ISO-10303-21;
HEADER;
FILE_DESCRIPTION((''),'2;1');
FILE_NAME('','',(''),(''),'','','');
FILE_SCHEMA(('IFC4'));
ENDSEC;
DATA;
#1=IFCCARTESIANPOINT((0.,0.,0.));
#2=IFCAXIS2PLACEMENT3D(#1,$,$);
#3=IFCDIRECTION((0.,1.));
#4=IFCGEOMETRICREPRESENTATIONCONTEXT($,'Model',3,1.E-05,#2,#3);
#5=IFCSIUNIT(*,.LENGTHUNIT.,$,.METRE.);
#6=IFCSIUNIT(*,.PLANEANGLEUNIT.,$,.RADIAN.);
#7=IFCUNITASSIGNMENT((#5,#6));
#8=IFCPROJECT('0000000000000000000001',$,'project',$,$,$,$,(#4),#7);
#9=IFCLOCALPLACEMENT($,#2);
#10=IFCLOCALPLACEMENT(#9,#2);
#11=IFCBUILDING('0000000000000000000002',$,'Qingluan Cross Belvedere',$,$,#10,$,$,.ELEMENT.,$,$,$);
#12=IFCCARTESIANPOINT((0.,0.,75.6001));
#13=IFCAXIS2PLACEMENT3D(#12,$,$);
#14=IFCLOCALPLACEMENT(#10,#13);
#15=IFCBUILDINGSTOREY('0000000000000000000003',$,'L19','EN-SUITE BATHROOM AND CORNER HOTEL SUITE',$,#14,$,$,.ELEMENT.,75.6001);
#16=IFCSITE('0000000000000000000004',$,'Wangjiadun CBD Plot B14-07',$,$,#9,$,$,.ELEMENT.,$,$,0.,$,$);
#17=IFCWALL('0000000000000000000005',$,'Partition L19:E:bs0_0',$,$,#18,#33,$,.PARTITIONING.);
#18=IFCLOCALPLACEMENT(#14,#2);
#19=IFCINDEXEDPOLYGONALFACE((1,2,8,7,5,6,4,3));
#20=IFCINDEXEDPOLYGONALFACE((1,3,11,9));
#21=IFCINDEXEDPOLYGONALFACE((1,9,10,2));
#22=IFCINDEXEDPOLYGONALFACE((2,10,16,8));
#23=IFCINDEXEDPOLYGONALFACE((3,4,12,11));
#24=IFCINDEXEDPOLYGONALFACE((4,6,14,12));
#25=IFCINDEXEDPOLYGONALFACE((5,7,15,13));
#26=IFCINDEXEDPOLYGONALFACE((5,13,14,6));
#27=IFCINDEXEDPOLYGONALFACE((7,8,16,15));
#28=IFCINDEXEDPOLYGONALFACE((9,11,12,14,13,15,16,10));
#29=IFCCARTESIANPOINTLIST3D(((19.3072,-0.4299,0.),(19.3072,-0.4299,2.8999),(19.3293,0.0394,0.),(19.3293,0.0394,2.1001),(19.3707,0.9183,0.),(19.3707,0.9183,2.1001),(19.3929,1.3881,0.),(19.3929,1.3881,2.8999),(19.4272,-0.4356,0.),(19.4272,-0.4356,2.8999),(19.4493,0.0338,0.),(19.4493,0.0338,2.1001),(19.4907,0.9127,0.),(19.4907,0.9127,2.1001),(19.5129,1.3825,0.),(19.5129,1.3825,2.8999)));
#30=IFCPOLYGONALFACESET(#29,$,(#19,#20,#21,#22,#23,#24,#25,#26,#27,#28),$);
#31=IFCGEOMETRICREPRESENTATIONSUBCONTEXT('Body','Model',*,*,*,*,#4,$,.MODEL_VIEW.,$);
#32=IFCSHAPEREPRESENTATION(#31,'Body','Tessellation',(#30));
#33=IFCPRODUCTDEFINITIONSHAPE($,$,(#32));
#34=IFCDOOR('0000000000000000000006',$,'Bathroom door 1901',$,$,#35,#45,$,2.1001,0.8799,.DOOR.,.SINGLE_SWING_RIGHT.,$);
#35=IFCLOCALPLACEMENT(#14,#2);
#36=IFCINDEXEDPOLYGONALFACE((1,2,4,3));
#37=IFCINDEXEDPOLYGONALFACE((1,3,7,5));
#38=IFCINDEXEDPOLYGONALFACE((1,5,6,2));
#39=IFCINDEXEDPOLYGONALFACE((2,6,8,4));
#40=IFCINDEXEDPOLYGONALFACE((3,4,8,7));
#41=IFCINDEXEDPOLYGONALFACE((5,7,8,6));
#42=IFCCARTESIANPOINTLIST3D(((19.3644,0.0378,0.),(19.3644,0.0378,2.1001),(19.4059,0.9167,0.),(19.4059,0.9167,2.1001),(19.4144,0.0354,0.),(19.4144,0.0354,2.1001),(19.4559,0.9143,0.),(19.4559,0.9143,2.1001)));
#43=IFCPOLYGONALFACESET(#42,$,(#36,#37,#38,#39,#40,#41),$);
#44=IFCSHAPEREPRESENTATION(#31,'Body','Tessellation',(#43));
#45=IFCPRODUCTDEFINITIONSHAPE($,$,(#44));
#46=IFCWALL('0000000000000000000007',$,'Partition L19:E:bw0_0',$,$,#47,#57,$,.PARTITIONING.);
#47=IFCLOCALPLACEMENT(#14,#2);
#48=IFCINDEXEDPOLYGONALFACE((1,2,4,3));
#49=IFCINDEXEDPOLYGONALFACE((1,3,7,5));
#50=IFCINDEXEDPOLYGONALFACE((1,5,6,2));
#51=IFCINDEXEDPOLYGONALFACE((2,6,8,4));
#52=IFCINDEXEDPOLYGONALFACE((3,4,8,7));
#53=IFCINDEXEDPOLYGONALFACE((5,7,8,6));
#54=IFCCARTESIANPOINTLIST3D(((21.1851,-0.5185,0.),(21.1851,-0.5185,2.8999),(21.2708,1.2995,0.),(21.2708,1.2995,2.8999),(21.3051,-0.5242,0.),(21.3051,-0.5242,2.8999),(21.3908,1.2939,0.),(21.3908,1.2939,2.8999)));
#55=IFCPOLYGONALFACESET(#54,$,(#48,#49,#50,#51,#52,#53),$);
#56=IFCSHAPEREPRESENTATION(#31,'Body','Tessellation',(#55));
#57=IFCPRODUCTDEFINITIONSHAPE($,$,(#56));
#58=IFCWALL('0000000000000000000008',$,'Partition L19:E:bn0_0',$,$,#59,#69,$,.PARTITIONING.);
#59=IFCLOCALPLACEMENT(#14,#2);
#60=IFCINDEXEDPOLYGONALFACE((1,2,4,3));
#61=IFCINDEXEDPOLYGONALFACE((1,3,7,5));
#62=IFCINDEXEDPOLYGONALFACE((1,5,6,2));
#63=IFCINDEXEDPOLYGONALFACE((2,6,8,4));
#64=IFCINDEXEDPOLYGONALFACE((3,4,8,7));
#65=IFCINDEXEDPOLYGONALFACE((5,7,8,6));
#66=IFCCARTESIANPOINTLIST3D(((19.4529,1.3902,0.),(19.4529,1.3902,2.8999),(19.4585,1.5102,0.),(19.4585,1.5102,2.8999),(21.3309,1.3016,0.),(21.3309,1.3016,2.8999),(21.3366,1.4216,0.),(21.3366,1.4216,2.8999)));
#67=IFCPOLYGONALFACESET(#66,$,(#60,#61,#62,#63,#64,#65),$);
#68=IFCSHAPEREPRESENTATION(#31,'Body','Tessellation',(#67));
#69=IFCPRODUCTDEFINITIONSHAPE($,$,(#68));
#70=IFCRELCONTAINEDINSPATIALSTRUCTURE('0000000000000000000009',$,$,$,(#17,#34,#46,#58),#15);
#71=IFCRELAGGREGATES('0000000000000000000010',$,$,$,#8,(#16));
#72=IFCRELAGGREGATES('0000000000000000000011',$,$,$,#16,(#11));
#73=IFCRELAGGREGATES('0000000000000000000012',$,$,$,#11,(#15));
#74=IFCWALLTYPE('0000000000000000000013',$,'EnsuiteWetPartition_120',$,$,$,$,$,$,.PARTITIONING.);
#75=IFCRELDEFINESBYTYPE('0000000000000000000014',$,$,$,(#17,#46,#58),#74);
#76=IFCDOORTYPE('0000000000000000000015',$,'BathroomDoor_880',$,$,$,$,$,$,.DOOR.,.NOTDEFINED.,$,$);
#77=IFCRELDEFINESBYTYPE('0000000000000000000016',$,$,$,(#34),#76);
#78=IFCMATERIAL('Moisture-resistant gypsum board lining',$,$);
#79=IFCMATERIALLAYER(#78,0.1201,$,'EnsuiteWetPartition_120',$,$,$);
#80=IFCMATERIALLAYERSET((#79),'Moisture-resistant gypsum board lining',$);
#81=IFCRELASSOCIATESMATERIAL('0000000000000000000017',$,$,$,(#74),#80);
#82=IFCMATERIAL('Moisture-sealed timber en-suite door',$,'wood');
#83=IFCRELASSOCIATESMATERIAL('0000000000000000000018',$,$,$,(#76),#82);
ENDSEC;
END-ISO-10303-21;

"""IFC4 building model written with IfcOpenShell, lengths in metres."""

from ifc_helpers import new_model, si_unit, direction, frame, frame_2d, origin, place, context, subcontext, project, spatial, rectangle, extrude, material, layer, layer_set, type_object, element, fill, save


model = new_model("IFC4")

# Units and contexts
model_context = context("Model", 3, precision=1e-05, world=origin(), true_north=direction((0.0, 1.0)))
body_context = subcontext(model_context, "Body", "Model", "MODEL_VIEW")
ifc_project = project(units=[si_unit("LENGTHUNIT", "METRE"), si_unit("PLANEANGLEUNIT", "RADIAN")], contexts=[model_context])

# Site, building, storey
site_placement = place(None, origin())
site = spatial("IfcSite", under=ifc_project, at=site_placement, Name="Wangjiadun CBD Plot B14-07", CompositionType="ELEMENT", RefElevation=0.0)
building_placement = place(site_placement, origin())
building = spatial("IfcBuilding", under=site, at=building_placement, Name="Qingluan Cross Belvedere", CompositionType="ELEMENT")
storey_placement = place(building_placement, frame((0.0, 0.0, 75.6001)))
storey = spatial("IfcBuildingStorey", under=building, at=storey_placement, Name="L19", Description="EN-SUITE BATHROOM AND CORNER HOTEL SUITE", CompositionType="ELEMENT", Elevation=75.6001)

# Wall, opening, door
ifc_material_1 = material(Name="Moisture-resistant gypsum board lining")
ifc_layer_1 = layer(ifc_material_1, 0.1201, Name="EnsuiteWetPartition_120")
ifc_layer_set_1 = layer_set([ifc_layer_1], Name="Moisture-resistant gypsum board lining")
wall_type_1 = type_object("IfcWallType", Name="EnsuiteWetPartition_120", PredefinedType="PARTITIONING", material=ifc_layer_set_1)
wall_1_placement = place(storey_placement, frame((19.3672, -0.4329, 0.0), z_axis=(0.0, 0.0, 1.0), x_axis=(0.047081, 0.998891, 0.0)))
wall_1 = element("IfcWall", 1, at=wall_1_placement, inside=storey, type_object=wall_type_1, Name="Partition L19:E:bs0_0", PredefinedType="PARTITIONING", context=body_context, shape_type="SweptSolid", body=[
    extrude(rectangle(XDim=1.8201, YDim=0.1201, at=frame_2d((0.9102, 0.0))), origin(), (0.0, 0.0, 1.0), 2.8999),
])
opening_1_placement = place(wall_1_placement, frame((0.47, 0.0, 0.0)))
opening_1 = element("IfcOpeningElement", 2, at=opening_1_placement, cuts=wall_1, PredefinedType="OPENING", context=body_context, shape_type="SweptSolid", body=[
    extrude(rectangle(XDim=0.8799, YDim=2.1001, at=frame_2d((0.4399, 1.05))), frame((0.0, 0.0701, 0.0), z_axis=(0.0, -1.0, 0.0), x_axis=(1.0, 0.0, 0.0)), (0.0, 0.0, 1.0), 0.1401),
])
ifc_material_2 = material(Name="Moisture-sealed timber en-suite door", Category="wood")
door_type_1 = type_object("IfcDoorType", Name="BathroomDoor_880", OperationType="NOTDEFINED", PredefinedType="DOOR", material=ifc_material_2)
door_1_placement = place(opening_1_placement, origin())
door_1 = element("IfcDoor", 3, at=door_1_placement, inside=storey, type_object=door_type_1, Name="Bathroom door 1901", OperationType="SINGLE_SWING_RIGHT", OverallHeight=2.1001, OverallWidth=0.8799, PredefinedType="DOOR", context=body_context, shape_type="SweptSolid", body=[
    extrude(rectangle(XDim=0.8799, YDim=2.1001, at=frame_2d((0.4399, 1.05))), frame((0.0, 0.0249, 0.0), z_axis=(0.0, -1.0, 0.0), x_axis=(1.0, 0.0, 0.0)), (0.0, 0.0, 1.0), 0.05),
])
fill(opening_1, door_1)

# Walls
wall_2_placement = place(storey_placement, frame((21.2451, -0.5215, 0.0), z_axis=(0.0, 0.0, 1.0), x_axis=(0.047081, 0.998891, 0.0)))
element("IfcWall", 4, at=wall_2_placement, inside=storey, type_object=wall_type_1, Name="Partition L19:E:bw0_0", PredefinedType="PARTITIONING", context=body_context, shape_type="SweptSolid", body=[
    extrude(rectangle(XDim=1.8201, YDim=0.1201, at=frame_2d((0.9102, 0.0))), origin(), (0.0, 0.0, 1.0), 2.8999),
])
wall_3_placement = place(storey_placement, frame((19.4558, 1.4502, 0.0), z_axis=(0.0, 0.0, 1.0), x_axis=(0.998888, -0.047139, 0.0)))
element("IfcWall", 5, at=wall_3_placement, inside=storey, type_object=wall_type_1, Name="Partition L19:E:bn0_0", PredefinedType="PARTITIONING", context=body_context, shape_type="SweptSolid", body=[
    extrude(rectangle(XDim=1.8801, YDim=0.1201, at=frame_2d((0.9399, 0.0))), origin(), (0.0, 0.0, 1.0), 2.8999),
])

save(model, "model.ifc")
